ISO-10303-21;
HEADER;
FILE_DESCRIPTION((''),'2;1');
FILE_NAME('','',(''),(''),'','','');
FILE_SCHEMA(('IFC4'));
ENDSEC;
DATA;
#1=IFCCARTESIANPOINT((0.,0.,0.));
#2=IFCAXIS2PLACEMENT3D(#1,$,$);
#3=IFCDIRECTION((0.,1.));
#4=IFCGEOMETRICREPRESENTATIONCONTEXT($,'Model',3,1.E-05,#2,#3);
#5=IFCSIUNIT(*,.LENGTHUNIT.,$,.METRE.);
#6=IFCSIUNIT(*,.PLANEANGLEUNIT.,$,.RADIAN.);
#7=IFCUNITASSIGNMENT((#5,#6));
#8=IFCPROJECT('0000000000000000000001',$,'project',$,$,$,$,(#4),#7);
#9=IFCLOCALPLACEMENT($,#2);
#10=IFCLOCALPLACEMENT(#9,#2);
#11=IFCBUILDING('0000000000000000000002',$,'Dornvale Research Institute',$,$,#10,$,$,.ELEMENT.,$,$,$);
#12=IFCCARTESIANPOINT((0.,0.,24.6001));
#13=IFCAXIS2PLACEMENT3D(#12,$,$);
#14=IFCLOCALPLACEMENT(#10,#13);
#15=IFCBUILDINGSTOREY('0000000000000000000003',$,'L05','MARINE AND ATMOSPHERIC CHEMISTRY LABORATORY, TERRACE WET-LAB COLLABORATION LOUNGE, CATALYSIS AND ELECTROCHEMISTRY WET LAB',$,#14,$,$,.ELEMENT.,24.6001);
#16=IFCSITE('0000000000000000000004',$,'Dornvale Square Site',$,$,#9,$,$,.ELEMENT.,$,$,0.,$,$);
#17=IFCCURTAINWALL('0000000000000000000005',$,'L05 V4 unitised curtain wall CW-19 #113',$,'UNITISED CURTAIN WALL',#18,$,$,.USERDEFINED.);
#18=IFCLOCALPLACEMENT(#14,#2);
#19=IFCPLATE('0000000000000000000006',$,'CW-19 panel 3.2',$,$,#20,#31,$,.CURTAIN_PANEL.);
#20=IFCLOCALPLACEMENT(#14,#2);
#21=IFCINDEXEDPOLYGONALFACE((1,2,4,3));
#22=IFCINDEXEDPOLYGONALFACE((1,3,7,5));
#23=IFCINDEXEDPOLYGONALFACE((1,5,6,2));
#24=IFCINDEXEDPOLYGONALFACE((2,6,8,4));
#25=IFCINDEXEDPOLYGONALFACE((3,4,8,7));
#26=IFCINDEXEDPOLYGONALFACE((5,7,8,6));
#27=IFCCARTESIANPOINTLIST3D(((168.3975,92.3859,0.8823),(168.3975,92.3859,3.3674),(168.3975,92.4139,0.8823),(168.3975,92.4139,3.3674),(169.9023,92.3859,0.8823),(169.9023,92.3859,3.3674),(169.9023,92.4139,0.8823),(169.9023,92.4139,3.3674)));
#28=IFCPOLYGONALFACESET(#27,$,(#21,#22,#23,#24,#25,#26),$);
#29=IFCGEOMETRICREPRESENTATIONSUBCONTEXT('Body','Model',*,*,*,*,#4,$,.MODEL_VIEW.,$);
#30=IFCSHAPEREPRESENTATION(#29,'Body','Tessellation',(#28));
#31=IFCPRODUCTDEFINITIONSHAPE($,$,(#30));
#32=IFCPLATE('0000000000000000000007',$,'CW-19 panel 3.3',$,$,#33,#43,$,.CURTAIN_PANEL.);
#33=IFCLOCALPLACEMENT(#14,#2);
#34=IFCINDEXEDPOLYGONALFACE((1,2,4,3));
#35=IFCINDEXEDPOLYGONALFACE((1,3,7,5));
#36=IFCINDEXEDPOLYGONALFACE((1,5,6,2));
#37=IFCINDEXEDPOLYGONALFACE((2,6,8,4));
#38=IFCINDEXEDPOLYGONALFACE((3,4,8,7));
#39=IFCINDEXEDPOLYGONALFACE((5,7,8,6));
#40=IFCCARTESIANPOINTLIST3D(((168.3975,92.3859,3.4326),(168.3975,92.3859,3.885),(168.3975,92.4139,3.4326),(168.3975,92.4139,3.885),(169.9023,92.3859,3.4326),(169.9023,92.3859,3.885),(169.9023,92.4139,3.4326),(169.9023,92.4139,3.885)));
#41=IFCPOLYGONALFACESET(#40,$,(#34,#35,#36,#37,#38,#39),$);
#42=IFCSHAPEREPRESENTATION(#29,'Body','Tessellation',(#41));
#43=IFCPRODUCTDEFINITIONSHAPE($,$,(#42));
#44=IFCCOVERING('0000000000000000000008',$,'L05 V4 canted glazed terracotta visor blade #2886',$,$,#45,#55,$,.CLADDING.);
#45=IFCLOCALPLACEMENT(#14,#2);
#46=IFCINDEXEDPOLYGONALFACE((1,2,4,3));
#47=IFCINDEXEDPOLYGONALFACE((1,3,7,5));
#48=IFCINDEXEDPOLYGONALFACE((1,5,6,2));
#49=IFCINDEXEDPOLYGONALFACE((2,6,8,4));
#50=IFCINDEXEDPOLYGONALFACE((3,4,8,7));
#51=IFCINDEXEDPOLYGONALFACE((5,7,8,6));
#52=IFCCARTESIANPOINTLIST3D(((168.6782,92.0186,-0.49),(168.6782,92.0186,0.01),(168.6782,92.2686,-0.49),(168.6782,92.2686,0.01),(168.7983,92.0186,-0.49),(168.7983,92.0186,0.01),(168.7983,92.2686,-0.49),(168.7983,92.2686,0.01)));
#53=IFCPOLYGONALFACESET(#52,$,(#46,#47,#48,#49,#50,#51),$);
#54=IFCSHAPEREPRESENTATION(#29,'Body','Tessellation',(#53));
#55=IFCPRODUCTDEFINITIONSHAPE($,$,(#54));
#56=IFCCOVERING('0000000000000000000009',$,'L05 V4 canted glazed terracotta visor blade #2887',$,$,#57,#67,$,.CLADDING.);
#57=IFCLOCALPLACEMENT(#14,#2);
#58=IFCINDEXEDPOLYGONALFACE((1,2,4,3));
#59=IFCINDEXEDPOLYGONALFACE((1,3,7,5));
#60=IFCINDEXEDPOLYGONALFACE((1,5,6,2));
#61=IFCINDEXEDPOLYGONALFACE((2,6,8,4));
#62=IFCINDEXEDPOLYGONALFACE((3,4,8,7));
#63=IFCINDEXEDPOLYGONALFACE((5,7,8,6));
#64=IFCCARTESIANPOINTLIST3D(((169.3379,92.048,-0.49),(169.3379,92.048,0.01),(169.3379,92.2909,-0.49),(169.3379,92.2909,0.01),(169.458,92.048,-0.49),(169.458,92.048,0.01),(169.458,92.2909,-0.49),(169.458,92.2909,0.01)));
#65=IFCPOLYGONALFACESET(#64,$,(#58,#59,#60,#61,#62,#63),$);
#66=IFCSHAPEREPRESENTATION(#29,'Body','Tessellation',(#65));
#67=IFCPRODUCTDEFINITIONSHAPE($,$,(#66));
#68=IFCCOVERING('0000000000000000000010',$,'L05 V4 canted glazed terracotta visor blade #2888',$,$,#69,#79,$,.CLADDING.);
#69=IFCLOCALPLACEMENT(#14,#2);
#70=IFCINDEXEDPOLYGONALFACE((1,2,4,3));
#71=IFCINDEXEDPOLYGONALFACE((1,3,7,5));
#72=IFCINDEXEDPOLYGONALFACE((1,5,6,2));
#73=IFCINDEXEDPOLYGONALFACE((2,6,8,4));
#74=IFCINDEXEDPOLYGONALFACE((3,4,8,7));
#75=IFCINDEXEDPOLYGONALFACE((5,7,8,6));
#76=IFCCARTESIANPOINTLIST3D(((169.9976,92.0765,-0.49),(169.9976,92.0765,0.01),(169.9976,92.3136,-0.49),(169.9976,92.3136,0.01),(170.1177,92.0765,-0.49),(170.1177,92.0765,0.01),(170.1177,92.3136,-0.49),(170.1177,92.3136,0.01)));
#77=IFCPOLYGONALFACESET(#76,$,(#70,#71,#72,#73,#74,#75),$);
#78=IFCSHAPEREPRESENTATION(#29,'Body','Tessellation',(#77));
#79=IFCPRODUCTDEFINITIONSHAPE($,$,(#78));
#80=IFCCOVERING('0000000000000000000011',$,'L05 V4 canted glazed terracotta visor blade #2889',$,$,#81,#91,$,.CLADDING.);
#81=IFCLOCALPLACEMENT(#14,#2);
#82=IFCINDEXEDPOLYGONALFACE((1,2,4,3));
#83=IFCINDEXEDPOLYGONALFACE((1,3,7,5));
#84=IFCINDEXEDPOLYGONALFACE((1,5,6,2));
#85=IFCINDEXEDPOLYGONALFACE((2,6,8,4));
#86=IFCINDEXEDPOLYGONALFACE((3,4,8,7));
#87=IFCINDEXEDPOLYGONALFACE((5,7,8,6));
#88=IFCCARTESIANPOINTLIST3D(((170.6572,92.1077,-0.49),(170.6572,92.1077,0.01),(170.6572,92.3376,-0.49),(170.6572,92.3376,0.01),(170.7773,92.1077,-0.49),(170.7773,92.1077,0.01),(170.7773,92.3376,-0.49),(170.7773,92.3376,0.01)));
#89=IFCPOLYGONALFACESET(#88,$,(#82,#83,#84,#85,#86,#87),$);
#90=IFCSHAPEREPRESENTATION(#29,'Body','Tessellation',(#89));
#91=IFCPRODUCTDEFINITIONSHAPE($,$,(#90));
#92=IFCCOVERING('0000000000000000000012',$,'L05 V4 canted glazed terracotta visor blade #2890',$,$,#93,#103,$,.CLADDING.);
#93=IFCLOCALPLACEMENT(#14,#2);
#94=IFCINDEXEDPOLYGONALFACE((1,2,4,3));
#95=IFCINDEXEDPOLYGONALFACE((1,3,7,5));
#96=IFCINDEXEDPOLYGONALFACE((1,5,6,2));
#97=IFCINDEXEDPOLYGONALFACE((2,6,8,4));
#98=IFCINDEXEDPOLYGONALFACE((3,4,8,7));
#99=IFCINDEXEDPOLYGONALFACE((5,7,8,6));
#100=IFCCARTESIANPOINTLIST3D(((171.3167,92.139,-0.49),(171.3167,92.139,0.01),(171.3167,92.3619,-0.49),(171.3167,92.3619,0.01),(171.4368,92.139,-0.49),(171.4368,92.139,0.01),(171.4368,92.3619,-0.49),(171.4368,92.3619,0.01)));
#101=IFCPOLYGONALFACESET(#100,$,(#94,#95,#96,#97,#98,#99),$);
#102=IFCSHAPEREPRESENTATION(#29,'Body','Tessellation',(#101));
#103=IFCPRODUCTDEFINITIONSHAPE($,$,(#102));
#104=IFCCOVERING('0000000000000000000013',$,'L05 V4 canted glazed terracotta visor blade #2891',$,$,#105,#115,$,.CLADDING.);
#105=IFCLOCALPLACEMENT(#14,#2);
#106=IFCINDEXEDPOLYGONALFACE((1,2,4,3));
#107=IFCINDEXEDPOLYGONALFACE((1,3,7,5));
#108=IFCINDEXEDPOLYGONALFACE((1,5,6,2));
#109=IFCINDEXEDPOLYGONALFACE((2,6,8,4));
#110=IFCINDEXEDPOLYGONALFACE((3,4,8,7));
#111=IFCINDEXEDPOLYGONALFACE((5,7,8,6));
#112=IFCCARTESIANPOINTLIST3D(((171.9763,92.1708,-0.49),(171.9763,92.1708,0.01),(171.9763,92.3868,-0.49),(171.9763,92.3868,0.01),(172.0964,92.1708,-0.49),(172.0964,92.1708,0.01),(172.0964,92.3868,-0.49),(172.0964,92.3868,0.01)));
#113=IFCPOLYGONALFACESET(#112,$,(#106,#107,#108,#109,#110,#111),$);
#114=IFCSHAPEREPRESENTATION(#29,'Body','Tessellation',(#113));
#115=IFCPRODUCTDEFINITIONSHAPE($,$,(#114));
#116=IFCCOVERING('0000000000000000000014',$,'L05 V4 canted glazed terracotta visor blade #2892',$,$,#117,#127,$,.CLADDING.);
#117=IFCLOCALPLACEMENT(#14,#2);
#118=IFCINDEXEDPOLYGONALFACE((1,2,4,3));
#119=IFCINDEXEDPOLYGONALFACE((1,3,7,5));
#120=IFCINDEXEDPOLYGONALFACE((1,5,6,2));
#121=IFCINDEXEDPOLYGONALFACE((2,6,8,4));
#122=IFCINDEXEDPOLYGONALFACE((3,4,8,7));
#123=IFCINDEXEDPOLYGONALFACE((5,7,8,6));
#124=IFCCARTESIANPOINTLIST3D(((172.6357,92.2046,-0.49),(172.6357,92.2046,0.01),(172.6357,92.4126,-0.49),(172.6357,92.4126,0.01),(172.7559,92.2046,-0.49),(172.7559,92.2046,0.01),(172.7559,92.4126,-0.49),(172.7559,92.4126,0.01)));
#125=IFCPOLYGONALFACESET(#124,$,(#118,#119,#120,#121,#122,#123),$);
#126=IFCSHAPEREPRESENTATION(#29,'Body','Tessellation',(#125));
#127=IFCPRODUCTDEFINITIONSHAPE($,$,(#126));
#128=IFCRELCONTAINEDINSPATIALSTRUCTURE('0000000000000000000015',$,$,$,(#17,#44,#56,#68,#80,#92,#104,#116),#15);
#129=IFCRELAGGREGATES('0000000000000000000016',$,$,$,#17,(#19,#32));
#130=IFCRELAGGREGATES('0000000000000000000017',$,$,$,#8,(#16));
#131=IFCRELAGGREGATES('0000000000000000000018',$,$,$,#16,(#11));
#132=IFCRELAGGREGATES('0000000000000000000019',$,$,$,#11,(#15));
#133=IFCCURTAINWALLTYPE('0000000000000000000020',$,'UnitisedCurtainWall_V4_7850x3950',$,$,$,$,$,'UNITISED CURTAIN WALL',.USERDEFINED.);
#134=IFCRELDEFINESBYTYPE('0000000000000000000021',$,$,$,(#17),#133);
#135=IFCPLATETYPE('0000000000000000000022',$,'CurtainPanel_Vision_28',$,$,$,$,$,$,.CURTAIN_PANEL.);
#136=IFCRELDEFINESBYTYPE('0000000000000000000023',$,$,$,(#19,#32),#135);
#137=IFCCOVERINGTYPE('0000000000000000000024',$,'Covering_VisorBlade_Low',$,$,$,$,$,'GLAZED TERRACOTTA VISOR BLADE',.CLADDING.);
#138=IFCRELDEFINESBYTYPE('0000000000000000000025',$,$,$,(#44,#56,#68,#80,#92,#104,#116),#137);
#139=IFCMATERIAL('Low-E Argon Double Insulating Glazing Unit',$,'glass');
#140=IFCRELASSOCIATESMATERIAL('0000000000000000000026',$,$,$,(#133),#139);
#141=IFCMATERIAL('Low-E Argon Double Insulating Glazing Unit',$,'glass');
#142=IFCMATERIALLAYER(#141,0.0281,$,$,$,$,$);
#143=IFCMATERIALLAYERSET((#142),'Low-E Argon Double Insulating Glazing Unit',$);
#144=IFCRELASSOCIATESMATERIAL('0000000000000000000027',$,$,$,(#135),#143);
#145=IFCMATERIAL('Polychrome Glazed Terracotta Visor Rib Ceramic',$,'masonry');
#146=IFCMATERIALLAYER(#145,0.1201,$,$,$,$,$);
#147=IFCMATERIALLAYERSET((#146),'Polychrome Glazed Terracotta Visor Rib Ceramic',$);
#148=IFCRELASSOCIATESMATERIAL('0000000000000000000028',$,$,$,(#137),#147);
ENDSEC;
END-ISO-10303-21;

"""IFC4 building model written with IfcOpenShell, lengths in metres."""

from ifc_helpers import new_model, si_unit, direction, frame, origin, origin_2d, place, context, subcontext, project, spatial, rectangle, extrude, material, layer, layer_set, type_object, element, aggregate, save


model = new_model("IFC4")

# Units and contexts
model_context = context("Model", 3, precision=1e-05, world=origin(), true_north=direction((0.0, 1.0)))
body_context = subcontext(model_context, "Body", "Model", "MODEL_VIEW")
ifc_project = project(units=[si_unit("LENGTHUNIT", "METRE"), si_unit("PLANEANGLEUNIT", "RADIAN")], contexts=[model_context])

# Site, building, storey
site_placement = place(None, origin())
site = spatial("IfcSite", under=ifc_project, at=site_placement, Name="Dornvale Square Site", CompositionType="ELEMENT", RefElevation=0.0)
building_placement = place(site_placement, origin())
building = spatial("IfcBuilding", under=site, at=building_placement, Name="Dornvale Research Institute", CompositionType="ELEMENT")
storey_placement = place(building_placement, frame((0.0, 0.0, 24.6001)))
storey = spatial("IfcBuildingStorey", under=building, at=storey_placement, Name="L05", Description="MARINE AND ATMOSPHERIC CHEMISTRY LABORATORY, TERRACE WET-LAB COLLABORATION LOUNGE, CATALYSIS AND ELECTROCHEMISTRY WET LAB", CompositionType="ELEMENT", Elevation=24.6001)

# Curtain wall, plates
ifc_material_1 = material(Name="Low-E Argon Double Insulating Glazing Unit", Category="glass")
curtain_wall_type = type_object("IfcCurtainWallType", Name="UnitisedCurtainWall_V4_7850x3950", ElementType="UNITISED CURTAIN WALL", PredefinedType="USERDEFINED", material=ifc_material_1)
curtain_wall_placement = place(storey_placement, origin())
curtain_wall = element("IfcCurtainWall", 1, at=curtain_wall_placement, inside=storey, type_object=curtain_wall_type, Name="L05 V4 unitised curtain wall CW-19 #113", ObjectType="UNITISED CURTAIN WALL", PredefinedType="USERDEFINED")
ifc_material_2 = material(Name="Low-E Argon Double Insulating Glazing Unit", Category="glass")
ifc_layer_1 = layer(ifc_material_2, 0.0281)
ifc_layer_set_1 = layer_set([ifc_layer_1], Name="Low-E Argon Double Insulating Glazing Unit")
plate_type_1 = type_object("IfcPlateType", Name="CurtainPanel_Vision_28", PredefinedType="CURTAIN_PANEL", material=ifc_layer_set_1)
plate_1_placement = place(storey_placement, frame((169.1499, 92.3999, 0.8823), z_axis=(0.0, 0.0, 1.0), x_axis=(-1.0, 0.0, 0.0)))
plate_1 = element("IfcPlate", 2, at=plate_1_placement, type_object=plate_type_1, Name="CW-19 panel 3.2", PredefinedType="CURTAIN_PANEL", context=body_context, shape_type="SweptSolid", body=[
    extrude(rectangle(XDim=1.5049, YDim=0.0281, at=origin_2d()), origin(), (0.0, 0.0, 1.0), 2.4851),
])
plate_2_placement = place(storey_placement, frame((169.1499, 92.3999, 3.4326), z_axis=(0.0, 0.0, 1.0), x_axis=(-1.0, 0.0, 0.0)))
plate_2 = element("IfcPlate", 3, at=plate_2_placement, type_object=plate_type_1, Name="CW-19 panel 3.3", PredefinedType="CURTAIN_PANEL", context=body_context, shape_type="SweptSolid", body=[
    extrude(rectangle(XDim=1.5049, YDim=0.0281, at=origin_2d()), origin(), (0.0, 0.0, 1.0), 0.4524),
])
aggregate(curtain_wall, [plate_1, plate_2])

# Coverings
ifc_material_3 = material(Name="Polychrome Glazed Terracotta Visor Rib Ceramic", Category="masonry")
ifc_layer_2 = layer(ifc_material_3, 0.1201)
ifc_layer_set_2 = layer_set([ifc_layer_2], Name="Polychrome Glazed Terracotta Visor Rib Ceramic")
covering_type = type_object("IfcCoveringType", Name="Covering_VisorBlade_Low", ElementType="GLAZED TERRACOTTA VISOR BLADE", PredefinedType="CLADDING", material=ifc_layer_set_2)
covering_1_placement = place(storey_placement, frame((168.7383, 92.1436, -0.49), z_axis=(0.0, 0.0, 1.0), x_axis=(0.0, 1.0, 0.0)))
element("IfcCovering", 4, at=covering_1_placement, inside=storey, type_object=covering_type, Name="L05 V4 canted glazed terracotta visor blade #2886", PredefinedType="CLADDING", context=body_context, shape_type="SweptSolid", body=[
    extrude(rectangle(XDim=0.25, YDim=0.1201, at=origin_2d()), origin(), (0.0, 0.0, 1.0), 0.5),
])
covering_2_placement = place(storey_placement, frame((169.3979, 92.1694, -0.49), z_axis=(0.0, 0.0, 1.0), x_axis=(0.0, 1.0, 0.0)))
element("IfcCovering", 5, at=covering_2_placement, inside=storey, type_object=covering_type, Name="L05 V4 canted glazed terracotta visor blade #2887", PredefinedType="CLADDING", context=body_context, shape_type="SweptSolid", body=[
    extrude(rectangle(XDim=0.2429, YDim=0.1201, at=origin_2d()), origin(), (0.0, 0.0, 1.0), 0.5),
])
covering_3_placement = place(storey_placement, frame((170.0576, 92.1951, -0.49), z_axis=(0.0, 0.0, 1.0), x_axis=(0.0, 1.0, 0.0)))
element("IfcCovering", 6, at=covering_3_placement, inside=storey, type_object=covering_type, Name="L05 V4 canted glazed terracotta visor blade #2888", PredefinedType="CLADDING", context=body_context, shape_type="SweptSolid", body=[
    extrude(rectangle(XDim=0.2371, YDim=0.1201, at=origin_2d()), origin(), (0.0, 0.0, 1.0), 0.5),
])
covering_4_placement = place(storey_placement, frame((170.7173, 92.2227, -0.49), z_axis=(0.0, 0.0, 1.0), x_axis=(0.0, 1.0, 0.0)))
element("IfcCovering", 7, at=covering_4_placement, inside=storey, type_object=covering_type, Name="L05 V4 canted glazed terracotta visor blade #2889", PredefinedType="CLADDING", context=body_context, shape_type="SweptSolid", body=[
    extrude(rectangle(XDim=0.23, YDim=0.1201, at=origin_2d()), origin(), (0.0, 0.0, 1.0), 0.5),
])
covering_5_placement = place(storey_placement, frame((171.3767, 92.2505, -0.49), z_axis=(0.0, 0.0, 1.0), x_axis=(0.0, 1.0, 0.0)))
element("IfcCovering", 8, at=covering_5_placement, inside=storey, type_object=covering_type, Name="L05 V4 canted glazed terracotta visor blade #2890", PredefinedType="CLADDING", context=body_context, shape_type="SweptSolid", body=[
    extrude(rectangle(XDim=0.2229, YDim=0.1201, at=origin_2d()), origin(), (0.0, 0.0, 1.0), 0.5),
])
covering_6_placement = place(storey_placement, frame((172.0364, 92.2788, -0.49), z_axis=(0.0, 0.0, 1.0), x_axis=(0.0, 1.0, 0.0)))
element("IfcCovering", 9, at=covering_6_placement, inside=storey, type_object=covering_type, Name="L05 V4 canted glazed terracotta visor blade #2891", PredefinedType="CLADDING", context=body_context, shape_type="SweptSolid", body=[
    extrude(rectangle(XDim=0.2161, YDim=0.1201, at=origin_2d()), origin(), (0.0, 0.0, 1.0), 0.5),
])
covering_7_placement = place(storey_placement, frame((172.6958, 92.3086, -0.49), z_axis=(0.0, 0.0, 1.0), x_axis=(0.0, 1.0, 0.0)))
element("IfcCovering", 10, at=covering_7_placement, inside=storey, type_object=covering_type, Name="L05 V4 canted glazed terracotta visor blade #2892", PredefinedType="CLADDING", context=body_context, shape_type="SweptSolid", body=[
    extrude(rectangle(XDim=0.208, YDim=0.1201, at=origin_2d()), origin(), (0.0, 0.0, 1.0), 0.5),
])

save(model, "model.ifc")
